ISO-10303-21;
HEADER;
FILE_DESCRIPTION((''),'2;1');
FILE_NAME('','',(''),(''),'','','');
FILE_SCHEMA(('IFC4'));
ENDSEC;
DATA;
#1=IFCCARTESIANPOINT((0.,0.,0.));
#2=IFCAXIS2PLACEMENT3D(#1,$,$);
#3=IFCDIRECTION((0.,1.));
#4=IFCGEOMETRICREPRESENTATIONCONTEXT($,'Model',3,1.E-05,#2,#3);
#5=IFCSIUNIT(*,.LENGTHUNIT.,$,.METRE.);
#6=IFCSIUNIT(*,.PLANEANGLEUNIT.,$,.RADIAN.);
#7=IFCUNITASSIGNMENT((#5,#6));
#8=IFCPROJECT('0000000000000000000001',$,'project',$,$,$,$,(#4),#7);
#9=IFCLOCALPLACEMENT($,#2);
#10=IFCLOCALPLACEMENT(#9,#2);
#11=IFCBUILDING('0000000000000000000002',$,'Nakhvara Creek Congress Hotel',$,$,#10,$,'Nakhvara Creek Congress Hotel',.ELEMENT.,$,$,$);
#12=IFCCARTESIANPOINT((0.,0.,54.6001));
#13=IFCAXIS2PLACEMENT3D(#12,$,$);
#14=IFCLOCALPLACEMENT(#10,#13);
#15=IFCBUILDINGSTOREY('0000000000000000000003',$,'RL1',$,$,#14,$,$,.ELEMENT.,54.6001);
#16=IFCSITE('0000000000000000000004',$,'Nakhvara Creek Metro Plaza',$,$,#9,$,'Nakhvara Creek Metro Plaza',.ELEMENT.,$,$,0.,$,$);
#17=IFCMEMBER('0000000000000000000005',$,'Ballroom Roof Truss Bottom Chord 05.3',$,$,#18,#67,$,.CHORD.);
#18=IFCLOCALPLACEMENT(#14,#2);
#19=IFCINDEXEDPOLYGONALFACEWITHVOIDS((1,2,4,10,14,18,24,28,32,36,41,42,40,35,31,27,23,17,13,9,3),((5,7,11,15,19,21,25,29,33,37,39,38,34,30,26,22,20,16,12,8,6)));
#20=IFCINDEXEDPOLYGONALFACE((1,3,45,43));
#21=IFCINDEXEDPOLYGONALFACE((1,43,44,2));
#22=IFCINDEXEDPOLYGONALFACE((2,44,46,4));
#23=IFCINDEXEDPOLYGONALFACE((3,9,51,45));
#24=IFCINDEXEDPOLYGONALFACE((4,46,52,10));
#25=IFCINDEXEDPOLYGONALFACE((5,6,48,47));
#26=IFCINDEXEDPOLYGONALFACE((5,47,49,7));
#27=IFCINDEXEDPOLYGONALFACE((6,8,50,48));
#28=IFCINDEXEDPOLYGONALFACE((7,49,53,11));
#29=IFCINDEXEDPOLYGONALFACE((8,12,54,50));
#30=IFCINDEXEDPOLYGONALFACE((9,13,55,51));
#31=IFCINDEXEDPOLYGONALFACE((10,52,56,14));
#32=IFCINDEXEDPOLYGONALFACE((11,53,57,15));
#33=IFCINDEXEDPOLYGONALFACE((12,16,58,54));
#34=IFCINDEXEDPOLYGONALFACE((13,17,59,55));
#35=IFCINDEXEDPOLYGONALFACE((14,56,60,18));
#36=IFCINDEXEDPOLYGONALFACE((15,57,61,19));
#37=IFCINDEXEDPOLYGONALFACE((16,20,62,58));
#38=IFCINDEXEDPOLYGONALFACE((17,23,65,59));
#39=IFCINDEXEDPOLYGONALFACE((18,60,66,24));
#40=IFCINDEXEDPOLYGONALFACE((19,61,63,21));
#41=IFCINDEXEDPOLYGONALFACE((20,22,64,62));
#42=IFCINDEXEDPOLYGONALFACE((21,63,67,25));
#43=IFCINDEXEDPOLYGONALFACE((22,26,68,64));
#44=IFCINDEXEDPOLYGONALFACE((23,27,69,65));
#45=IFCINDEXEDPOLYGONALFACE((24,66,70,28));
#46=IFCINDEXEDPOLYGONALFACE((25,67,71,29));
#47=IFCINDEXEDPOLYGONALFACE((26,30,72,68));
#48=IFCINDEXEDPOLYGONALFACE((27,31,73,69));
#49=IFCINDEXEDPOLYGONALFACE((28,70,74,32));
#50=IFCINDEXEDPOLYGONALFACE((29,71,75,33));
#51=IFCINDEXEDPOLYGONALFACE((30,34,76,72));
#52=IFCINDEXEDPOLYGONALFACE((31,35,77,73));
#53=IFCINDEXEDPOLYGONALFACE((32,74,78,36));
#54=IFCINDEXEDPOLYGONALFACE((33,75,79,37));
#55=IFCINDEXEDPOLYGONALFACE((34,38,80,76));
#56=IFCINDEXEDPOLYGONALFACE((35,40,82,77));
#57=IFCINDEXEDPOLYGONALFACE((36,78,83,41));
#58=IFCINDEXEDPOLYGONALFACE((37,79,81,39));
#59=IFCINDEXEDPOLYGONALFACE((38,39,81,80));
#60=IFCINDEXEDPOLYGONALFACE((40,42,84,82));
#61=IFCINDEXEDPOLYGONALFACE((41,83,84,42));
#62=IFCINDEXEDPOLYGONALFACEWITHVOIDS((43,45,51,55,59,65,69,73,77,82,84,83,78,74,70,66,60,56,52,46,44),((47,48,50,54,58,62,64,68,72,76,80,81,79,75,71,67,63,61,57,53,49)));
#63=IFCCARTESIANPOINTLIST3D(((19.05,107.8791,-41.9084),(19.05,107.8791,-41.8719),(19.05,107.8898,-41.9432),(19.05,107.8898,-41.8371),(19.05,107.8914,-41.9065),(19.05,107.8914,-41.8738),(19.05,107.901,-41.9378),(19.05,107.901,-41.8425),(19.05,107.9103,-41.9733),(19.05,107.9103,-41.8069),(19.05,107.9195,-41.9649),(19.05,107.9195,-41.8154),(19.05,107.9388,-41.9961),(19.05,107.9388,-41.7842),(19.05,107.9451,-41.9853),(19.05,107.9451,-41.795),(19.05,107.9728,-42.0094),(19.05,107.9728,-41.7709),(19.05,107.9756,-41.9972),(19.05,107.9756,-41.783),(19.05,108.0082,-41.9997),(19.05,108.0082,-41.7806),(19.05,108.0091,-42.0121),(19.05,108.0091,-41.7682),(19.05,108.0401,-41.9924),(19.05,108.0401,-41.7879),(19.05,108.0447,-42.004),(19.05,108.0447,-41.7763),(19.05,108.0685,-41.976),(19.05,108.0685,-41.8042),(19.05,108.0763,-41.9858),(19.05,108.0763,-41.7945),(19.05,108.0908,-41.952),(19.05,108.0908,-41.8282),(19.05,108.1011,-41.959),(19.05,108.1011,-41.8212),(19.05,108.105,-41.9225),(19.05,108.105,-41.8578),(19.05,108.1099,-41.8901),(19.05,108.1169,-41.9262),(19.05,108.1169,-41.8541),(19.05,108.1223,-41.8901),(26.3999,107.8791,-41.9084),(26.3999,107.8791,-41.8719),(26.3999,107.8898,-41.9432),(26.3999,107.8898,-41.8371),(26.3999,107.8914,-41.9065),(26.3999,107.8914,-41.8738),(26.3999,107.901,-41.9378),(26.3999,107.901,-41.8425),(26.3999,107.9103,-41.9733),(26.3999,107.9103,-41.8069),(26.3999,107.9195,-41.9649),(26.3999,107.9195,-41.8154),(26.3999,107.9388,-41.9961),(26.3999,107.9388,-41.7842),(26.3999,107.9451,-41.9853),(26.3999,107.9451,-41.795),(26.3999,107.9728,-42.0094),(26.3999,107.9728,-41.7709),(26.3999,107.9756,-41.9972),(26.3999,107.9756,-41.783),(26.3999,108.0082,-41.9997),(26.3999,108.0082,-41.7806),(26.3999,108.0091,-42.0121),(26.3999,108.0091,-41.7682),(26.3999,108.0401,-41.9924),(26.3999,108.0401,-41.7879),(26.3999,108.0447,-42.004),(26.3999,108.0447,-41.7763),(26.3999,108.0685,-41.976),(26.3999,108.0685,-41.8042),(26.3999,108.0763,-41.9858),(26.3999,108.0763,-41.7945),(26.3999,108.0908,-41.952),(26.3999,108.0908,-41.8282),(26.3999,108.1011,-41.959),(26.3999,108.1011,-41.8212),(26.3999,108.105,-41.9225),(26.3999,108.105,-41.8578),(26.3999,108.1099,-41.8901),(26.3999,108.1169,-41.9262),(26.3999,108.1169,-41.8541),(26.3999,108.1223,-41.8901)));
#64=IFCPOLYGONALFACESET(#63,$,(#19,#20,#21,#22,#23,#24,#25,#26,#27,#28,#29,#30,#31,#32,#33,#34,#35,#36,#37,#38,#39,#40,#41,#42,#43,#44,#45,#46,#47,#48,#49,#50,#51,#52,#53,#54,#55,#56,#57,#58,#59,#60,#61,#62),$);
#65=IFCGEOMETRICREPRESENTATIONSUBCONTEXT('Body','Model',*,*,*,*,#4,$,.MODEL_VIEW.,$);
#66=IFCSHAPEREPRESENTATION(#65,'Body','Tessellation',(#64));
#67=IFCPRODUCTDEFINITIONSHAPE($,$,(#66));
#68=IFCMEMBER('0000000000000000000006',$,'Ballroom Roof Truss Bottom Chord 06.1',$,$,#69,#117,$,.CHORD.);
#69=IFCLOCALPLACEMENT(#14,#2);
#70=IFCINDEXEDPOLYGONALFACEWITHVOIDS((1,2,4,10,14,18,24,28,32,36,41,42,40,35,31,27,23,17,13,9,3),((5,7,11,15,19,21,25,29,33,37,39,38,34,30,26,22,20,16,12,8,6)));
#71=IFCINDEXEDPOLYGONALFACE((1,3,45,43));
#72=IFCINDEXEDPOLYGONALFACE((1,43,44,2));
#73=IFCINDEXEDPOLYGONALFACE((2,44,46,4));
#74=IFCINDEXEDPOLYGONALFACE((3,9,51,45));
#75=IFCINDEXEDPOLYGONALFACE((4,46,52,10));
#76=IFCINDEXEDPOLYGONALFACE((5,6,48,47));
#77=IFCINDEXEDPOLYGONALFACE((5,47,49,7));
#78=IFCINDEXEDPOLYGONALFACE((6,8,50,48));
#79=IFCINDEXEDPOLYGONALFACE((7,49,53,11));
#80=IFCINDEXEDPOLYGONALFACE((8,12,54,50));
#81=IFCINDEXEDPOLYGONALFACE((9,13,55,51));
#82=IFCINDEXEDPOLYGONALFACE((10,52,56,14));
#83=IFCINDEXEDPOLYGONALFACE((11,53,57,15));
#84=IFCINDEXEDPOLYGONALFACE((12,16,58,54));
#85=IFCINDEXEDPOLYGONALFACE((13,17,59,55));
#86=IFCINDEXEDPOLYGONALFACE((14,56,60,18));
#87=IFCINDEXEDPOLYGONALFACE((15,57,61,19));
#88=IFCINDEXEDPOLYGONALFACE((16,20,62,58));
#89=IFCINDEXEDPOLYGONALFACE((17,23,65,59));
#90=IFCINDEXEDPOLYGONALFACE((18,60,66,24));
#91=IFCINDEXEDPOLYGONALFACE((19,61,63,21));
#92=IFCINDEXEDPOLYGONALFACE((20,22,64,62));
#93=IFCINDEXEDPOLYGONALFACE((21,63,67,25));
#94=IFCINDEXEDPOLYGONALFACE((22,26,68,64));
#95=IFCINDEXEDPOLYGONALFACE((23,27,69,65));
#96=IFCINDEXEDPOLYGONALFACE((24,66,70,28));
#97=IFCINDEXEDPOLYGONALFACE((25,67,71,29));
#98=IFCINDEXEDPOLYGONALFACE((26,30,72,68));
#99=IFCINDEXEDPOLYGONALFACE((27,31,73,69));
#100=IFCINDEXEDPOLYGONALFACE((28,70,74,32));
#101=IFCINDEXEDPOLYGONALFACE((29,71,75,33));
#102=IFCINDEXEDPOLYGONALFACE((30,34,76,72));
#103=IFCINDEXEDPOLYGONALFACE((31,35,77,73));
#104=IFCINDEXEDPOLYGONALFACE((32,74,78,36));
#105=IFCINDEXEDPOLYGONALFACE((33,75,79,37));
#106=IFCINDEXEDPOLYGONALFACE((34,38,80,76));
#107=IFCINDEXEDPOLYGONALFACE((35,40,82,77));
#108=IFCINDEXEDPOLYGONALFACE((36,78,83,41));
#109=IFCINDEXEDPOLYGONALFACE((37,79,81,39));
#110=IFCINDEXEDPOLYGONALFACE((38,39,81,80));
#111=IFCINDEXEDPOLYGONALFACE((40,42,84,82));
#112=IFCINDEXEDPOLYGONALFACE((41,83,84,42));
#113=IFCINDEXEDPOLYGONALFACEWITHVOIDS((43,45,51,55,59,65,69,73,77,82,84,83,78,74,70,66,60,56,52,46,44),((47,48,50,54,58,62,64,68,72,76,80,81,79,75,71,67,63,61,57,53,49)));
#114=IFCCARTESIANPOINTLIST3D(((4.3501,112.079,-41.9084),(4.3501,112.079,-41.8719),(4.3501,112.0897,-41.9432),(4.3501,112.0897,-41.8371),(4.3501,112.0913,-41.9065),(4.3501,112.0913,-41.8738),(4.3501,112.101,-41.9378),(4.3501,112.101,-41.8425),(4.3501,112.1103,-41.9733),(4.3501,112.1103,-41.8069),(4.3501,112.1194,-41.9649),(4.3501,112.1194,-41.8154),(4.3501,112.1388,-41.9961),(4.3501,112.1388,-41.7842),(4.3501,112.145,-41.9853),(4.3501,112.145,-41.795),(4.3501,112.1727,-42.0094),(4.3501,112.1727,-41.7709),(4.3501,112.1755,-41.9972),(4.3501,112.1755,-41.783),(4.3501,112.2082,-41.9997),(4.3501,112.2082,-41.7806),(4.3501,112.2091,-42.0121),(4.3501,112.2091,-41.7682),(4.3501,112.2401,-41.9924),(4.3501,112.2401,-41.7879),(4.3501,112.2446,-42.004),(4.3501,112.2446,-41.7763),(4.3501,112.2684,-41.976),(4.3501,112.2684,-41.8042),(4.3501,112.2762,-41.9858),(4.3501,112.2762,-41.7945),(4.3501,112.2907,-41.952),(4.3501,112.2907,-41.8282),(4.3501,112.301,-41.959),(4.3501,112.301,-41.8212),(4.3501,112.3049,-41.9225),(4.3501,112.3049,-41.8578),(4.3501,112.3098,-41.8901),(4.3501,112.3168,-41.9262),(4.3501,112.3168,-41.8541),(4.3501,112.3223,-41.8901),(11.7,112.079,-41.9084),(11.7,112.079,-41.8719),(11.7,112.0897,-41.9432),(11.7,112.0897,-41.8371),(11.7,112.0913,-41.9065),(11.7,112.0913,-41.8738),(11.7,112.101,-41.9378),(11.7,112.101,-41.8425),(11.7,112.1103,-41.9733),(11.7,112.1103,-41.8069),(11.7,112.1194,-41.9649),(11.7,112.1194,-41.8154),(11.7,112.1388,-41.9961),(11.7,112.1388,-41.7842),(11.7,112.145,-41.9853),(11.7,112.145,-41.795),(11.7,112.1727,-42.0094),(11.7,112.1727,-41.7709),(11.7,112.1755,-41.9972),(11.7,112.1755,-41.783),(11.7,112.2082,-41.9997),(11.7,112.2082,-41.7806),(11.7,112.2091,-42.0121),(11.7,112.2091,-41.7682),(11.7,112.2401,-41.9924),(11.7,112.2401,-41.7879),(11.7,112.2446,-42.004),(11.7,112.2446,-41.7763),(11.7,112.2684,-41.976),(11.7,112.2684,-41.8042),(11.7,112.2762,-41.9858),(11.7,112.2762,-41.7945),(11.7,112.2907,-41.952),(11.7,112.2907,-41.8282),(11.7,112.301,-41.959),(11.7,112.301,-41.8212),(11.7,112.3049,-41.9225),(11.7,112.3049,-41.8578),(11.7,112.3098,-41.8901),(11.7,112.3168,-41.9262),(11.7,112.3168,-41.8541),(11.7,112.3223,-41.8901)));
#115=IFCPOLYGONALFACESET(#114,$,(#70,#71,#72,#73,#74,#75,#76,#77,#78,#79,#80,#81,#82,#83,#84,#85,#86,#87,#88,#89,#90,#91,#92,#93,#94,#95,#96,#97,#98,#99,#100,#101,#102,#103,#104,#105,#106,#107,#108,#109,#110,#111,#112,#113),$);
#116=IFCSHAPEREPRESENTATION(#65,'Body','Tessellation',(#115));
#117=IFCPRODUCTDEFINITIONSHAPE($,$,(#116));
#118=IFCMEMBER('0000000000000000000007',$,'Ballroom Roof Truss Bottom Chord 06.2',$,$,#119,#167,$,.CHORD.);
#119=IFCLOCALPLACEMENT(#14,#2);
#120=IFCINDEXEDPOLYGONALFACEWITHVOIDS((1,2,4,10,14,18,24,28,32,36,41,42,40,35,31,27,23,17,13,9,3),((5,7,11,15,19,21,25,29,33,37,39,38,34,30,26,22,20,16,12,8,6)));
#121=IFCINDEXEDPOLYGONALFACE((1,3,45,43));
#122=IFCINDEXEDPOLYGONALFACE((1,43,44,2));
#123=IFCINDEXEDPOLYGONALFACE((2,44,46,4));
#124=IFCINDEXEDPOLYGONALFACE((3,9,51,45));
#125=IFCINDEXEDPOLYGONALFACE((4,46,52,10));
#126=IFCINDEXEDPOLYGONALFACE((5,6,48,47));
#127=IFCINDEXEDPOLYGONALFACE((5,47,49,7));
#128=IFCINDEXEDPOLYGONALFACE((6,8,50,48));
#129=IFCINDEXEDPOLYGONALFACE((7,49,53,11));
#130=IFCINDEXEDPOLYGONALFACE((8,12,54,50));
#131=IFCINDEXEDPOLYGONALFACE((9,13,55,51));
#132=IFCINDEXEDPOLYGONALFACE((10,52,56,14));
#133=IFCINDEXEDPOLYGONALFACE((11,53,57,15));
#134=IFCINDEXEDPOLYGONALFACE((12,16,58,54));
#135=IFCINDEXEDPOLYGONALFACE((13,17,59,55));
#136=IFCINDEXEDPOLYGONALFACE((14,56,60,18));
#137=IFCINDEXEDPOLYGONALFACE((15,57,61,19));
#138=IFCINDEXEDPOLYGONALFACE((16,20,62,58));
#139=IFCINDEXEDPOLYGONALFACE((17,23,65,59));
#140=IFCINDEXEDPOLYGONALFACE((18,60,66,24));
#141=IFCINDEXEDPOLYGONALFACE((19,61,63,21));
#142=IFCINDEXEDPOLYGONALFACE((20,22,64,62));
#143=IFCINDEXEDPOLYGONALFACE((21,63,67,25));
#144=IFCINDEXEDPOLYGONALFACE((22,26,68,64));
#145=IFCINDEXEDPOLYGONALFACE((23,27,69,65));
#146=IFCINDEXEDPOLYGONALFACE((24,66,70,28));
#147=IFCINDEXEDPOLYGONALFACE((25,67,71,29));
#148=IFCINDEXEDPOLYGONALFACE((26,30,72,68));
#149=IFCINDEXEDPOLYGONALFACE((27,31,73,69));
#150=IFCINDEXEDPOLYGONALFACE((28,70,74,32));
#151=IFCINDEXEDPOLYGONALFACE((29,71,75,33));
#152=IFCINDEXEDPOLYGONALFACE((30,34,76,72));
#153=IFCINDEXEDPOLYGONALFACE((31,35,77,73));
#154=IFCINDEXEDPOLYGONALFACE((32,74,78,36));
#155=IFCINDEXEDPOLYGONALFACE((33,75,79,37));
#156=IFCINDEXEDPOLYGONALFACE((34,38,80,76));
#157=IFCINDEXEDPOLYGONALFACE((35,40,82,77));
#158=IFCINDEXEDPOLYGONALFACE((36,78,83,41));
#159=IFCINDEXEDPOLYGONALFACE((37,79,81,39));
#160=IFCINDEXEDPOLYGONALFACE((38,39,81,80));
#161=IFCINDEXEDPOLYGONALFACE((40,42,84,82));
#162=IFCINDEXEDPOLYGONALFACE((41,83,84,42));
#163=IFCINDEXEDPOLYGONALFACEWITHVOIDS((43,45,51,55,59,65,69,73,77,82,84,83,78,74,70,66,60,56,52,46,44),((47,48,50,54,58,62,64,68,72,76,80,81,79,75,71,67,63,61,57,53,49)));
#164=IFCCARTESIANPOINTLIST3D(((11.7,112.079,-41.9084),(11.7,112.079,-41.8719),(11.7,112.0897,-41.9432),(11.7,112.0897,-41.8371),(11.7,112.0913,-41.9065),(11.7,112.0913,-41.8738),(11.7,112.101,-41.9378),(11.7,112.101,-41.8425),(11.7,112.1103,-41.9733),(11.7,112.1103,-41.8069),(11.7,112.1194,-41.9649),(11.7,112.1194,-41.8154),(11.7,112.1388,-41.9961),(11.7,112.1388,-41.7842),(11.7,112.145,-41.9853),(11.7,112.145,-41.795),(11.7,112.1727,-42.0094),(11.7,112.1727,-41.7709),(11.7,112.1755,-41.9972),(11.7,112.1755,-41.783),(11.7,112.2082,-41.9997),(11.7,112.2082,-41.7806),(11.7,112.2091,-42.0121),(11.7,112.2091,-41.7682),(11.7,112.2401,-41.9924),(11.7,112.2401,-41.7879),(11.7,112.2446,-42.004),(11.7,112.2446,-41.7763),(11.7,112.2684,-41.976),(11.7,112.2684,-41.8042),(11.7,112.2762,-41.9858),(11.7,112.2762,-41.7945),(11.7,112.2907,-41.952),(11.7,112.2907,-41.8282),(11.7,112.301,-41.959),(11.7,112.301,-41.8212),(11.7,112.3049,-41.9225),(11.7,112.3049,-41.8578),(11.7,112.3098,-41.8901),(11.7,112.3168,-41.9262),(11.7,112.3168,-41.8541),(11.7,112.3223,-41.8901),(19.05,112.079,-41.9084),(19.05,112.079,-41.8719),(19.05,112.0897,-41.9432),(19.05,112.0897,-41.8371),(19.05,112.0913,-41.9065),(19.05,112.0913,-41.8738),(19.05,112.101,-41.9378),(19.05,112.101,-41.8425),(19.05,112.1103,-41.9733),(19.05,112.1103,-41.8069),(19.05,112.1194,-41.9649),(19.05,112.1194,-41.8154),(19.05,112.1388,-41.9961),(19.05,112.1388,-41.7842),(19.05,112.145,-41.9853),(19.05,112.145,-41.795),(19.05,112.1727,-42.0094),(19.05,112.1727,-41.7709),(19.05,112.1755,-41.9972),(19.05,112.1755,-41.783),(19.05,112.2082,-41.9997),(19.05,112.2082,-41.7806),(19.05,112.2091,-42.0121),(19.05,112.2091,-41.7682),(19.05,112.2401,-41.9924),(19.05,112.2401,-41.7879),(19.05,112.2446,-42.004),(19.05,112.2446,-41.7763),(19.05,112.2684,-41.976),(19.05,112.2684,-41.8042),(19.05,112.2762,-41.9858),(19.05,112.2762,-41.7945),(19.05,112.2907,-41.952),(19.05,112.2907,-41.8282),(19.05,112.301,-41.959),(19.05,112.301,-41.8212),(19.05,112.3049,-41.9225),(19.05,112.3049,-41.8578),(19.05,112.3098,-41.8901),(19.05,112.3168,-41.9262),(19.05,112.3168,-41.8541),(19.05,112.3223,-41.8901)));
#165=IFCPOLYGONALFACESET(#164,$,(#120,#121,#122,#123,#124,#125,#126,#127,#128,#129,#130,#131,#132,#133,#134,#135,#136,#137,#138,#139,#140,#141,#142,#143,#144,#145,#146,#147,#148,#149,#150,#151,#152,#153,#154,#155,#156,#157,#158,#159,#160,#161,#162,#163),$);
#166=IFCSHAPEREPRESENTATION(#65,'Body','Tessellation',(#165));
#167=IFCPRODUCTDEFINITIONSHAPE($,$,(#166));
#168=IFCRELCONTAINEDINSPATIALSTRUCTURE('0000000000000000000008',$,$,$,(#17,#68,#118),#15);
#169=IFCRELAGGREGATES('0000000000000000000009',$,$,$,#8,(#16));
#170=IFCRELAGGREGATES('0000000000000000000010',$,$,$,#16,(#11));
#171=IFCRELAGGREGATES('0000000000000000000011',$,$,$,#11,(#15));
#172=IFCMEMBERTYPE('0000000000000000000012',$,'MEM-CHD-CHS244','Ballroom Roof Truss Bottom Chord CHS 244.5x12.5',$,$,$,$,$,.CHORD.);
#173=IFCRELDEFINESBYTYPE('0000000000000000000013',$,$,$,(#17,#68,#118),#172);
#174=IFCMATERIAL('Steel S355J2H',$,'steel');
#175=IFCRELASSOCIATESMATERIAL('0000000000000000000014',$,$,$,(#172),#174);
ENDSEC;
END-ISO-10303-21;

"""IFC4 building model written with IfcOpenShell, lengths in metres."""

from ifc_helpers import new_model, si_unit, direction, frame, origin, origin_2d, place, context, subcontext, project, spatial, hollow_circle, extrude, material, material_profile, profile_set, type_object, element, save


model = new_model("IFC4")

# Units and contexts
model_context = context("Model", 3, precision=1e-05, world=origin(), true_north=direction((0.0, 1.0)))
body_context = subcontext(model_context, "Body", "Model", "MODEL_VIEW")
ifc_project = project(units=[si_unit("LENGTHUNIT", "METRE"), si_unit("PLANEANGLEUNIT", "RADIAN")], contexts=[model_context])

# Site, building, storey
site_placement = place(None, origin())
site = spatial("IfcSite", under=ifc_project, at=site_placement, Name="Nakhvara Creek Metro Plaza", LongName="Nakhvara Creek Metro Plaza", CompositionType="ELEMENT", RefElevation=0.0)
building_placement = place(site_placement, origin())
building = spatial("IfcBuilding", under=site, at=building_placement, Name="Nakhvara Creek Congress Hotel", LongName="Nakhvara Creek Congress Hotel", CompositionType="ELEMENT")
storey_placement = place(building_placement, frame((0.0, 0.0, 54.6001)))
storey = spatial("IfcBuildingStorey", under=building, at=storey_placement, Name="RL1", CompositionType="ELEMENT", Elevation=54.6001)

# Members
ifc_material_1 = material(Name="Steel S355J2H", Category="steel")
ifc_material_profile_1 = material_profile(ifc_material_1, hollow_circle(Radius=0.1223, WallThickness=0.0125, at=origin_2d()), Name="CHS 244.5x12.5", Category="LoadBearing")
ifc_profile_set_1 = profile_set([ifc_material_profile_1], Name="Steel S355J2H")
member_type_1 = type_object("IfcMemberType", Name="MEM-CHD-CHS244", Description="Ballroom Roof Truss Bottom Chord CHS 244.5x12.5", PredefinedType="CHORD", material=ifc_profile_set_1)
for number, where, z_axis, x_axis, name in (
    (1, (19.05, 108.0, -41.8901), (1.0, 0.0, 0.0), (0.0, 1.0, 0.0), "Ballroom Roof Truss Bottom Chord 05.3"),
    (2, (4.3501, 112.2, -41.8901), (1.0, 0.0, 0.0), (0.0, 1.0, 0.0), "Ballroom Roof Truss Bottom Chord 06.1"),
):
    element("IfcMember", number, at=place(storey_placement, frame(where, z_axis=z_axis, x_axis=x_axis)), inside=storey, type_object=member_type_1, Name=name, PredefinedType="CHORD", context=body_context, shape_type="SweptSolid", body=[
        extrude(hollow_circle(Radius=0.1223, WallThickness=0.0125, at=origin_2d()), origin(), (0.0, 0.0, 1.0), 7.3499),
    ])
member_1_placement = place(storey_placement, frame((11.7, 112.2, -41.8901), z_axis=(1.0, 0.0, 0.0), x_axis=(0.0, 1.0, 0.0)))
element("IfcMember", 3, at=member_1_placement, inside=storey, type_object=member_type_1, Name="Ballroom Roof Truss Bottom Chord 06.2", PredefinedType="CHORD", context=body_context, shape_type="SweptSolid", body=[
    extrude(hollow_circle(Radius=0.1223, WallThickness=0.0125, at=origin_2d()), origin(), (0.0, 0.0, 1.0), 7.3501),
])

save(model, "model.ifc")
